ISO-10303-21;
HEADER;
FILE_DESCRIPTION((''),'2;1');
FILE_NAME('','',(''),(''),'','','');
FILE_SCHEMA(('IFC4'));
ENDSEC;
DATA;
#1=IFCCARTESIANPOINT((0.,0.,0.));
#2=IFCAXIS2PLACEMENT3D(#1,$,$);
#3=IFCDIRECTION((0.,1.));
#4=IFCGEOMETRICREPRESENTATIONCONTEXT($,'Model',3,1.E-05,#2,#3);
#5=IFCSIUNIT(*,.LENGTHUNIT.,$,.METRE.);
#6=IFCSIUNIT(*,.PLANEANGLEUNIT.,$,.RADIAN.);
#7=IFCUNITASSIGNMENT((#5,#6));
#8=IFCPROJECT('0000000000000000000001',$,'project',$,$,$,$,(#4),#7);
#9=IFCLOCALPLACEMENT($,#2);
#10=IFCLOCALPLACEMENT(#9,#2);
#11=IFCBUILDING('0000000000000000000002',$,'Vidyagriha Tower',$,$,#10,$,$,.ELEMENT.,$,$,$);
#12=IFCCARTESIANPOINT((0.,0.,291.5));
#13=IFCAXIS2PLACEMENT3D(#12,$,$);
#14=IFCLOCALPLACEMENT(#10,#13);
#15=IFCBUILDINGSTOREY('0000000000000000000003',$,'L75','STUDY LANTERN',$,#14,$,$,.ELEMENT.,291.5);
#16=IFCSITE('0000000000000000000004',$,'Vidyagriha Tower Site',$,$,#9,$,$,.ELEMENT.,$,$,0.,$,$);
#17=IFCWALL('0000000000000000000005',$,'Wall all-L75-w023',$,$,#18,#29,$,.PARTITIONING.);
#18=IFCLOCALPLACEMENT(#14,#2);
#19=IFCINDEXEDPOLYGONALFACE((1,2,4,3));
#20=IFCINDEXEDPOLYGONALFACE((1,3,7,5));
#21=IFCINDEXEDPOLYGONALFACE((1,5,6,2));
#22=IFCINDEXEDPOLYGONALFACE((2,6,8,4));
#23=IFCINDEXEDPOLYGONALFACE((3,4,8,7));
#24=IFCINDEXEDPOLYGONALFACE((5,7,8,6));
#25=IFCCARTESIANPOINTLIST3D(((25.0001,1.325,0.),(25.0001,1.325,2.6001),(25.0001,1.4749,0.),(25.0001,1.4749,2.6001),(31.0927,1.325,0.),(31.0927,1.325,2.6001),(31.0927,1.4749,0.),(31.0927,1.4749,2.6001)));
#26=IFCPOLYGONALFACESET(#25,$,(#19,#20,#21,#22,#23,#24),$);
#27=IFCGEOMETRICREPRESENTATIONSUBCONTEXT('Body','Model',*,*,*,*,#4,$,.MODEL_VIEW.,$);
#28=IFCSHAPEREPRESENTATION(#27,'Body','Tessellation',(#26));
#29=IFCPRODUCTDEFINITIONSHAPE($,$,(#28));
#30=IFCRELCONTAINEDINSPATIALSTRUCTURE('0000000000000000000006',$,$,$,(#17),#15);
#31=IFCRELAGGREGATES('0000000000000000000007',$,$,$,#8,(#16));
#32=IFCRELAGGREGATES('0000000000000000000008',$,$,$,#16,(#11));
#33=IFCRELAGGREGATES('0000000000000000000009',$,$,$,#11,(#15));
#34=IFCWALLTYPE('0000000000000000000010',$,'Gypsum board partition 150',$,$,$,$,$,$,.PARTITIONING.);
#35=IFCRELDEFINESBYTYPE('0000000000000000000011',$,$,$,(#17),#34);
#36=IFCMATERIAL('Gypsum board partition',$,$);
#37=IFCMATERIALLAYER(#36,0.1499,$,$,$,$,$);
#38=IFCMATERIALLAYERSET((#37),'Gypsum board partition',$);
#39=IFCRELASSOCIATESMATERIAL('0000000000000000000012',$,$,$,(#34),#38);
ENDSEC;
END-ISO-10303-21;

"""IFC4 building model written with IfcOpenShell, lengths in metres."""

from ifc_helpers import new_model, si_unit, direction, frame, frame_2d, origin, place, context, subcontext, project, spatial, rectangle, extrude, material, layer, layer_set, type_object, element, save


model = new_model("IFC4")

# Units and contexts
model_context = context("Model", 3, precision=1e-05, world=origin(), true_north=direction((0.0, 1.0)))
body_context = subcontext(model_context, "Body", "Model", "MODEL_VIEW")
ifc_project = project(units=[si_unit("LENGTHUNIT", "METRE"), si_unit("PLANEANGLEUNIT", "RADIAN")], contexts=[model_context])

# Site, building, storey
site_placement = place(None, origin())
site = spatial("IfcSite", under=ifc_project, at=site_placement, Name="Vidyagriha Tower Site", CompositionType="ELEMENT", RefElevation=0.0)
building_placement = place(site_placement, origin())
building = spatial("IfcBuilding", under=site, at=building_placement, Name="Vidyagriha Tower", CompositionType="ELEMENT")
storey_placement = place(building_placement, frame((0.0, 0.0, 291.5)))
storey = spatial("IfcBuildingStorey", under=building, at=storey_placement, Name="L75", Description="STUDY LANTERN", CompositionType="ELEMENT", Elevation=291.5)

# Shared definitions
ifc_material_1 = material(Name="Gypsum board partition")
ifc_layer_1 = layer(ifc_material_1, 0.1499)
ifc_layer_set_1 = layer_set([ifc_layer_1], Name="Gypsum board partition")
wall_type_1 = type_object("IfcWallType", Name="Gypsum board partition 150", PredefinedType="PARTITIONING", material=ifc_layer_set_1)

# Wall
wall_1_placement = place(storey_placement, frame((25.0, 1.3999, 0.0)))
element("IfcWall", 1, at=wall_1_placement, inside=storey, type_object=wall_type_1, Name="Wall all-L75-w023", PredefinedType="PARTITIONING", context=body_context, shape_type="SweptSolid", body=[
    extrude(rectangle(XDim=6.0925, YDim=0.1499, at=frame_2d((3.0464, 0.0))), origin(), (0.0, 0.0, 1.0), 2.6001),
])

save(model, "model.ifc")
